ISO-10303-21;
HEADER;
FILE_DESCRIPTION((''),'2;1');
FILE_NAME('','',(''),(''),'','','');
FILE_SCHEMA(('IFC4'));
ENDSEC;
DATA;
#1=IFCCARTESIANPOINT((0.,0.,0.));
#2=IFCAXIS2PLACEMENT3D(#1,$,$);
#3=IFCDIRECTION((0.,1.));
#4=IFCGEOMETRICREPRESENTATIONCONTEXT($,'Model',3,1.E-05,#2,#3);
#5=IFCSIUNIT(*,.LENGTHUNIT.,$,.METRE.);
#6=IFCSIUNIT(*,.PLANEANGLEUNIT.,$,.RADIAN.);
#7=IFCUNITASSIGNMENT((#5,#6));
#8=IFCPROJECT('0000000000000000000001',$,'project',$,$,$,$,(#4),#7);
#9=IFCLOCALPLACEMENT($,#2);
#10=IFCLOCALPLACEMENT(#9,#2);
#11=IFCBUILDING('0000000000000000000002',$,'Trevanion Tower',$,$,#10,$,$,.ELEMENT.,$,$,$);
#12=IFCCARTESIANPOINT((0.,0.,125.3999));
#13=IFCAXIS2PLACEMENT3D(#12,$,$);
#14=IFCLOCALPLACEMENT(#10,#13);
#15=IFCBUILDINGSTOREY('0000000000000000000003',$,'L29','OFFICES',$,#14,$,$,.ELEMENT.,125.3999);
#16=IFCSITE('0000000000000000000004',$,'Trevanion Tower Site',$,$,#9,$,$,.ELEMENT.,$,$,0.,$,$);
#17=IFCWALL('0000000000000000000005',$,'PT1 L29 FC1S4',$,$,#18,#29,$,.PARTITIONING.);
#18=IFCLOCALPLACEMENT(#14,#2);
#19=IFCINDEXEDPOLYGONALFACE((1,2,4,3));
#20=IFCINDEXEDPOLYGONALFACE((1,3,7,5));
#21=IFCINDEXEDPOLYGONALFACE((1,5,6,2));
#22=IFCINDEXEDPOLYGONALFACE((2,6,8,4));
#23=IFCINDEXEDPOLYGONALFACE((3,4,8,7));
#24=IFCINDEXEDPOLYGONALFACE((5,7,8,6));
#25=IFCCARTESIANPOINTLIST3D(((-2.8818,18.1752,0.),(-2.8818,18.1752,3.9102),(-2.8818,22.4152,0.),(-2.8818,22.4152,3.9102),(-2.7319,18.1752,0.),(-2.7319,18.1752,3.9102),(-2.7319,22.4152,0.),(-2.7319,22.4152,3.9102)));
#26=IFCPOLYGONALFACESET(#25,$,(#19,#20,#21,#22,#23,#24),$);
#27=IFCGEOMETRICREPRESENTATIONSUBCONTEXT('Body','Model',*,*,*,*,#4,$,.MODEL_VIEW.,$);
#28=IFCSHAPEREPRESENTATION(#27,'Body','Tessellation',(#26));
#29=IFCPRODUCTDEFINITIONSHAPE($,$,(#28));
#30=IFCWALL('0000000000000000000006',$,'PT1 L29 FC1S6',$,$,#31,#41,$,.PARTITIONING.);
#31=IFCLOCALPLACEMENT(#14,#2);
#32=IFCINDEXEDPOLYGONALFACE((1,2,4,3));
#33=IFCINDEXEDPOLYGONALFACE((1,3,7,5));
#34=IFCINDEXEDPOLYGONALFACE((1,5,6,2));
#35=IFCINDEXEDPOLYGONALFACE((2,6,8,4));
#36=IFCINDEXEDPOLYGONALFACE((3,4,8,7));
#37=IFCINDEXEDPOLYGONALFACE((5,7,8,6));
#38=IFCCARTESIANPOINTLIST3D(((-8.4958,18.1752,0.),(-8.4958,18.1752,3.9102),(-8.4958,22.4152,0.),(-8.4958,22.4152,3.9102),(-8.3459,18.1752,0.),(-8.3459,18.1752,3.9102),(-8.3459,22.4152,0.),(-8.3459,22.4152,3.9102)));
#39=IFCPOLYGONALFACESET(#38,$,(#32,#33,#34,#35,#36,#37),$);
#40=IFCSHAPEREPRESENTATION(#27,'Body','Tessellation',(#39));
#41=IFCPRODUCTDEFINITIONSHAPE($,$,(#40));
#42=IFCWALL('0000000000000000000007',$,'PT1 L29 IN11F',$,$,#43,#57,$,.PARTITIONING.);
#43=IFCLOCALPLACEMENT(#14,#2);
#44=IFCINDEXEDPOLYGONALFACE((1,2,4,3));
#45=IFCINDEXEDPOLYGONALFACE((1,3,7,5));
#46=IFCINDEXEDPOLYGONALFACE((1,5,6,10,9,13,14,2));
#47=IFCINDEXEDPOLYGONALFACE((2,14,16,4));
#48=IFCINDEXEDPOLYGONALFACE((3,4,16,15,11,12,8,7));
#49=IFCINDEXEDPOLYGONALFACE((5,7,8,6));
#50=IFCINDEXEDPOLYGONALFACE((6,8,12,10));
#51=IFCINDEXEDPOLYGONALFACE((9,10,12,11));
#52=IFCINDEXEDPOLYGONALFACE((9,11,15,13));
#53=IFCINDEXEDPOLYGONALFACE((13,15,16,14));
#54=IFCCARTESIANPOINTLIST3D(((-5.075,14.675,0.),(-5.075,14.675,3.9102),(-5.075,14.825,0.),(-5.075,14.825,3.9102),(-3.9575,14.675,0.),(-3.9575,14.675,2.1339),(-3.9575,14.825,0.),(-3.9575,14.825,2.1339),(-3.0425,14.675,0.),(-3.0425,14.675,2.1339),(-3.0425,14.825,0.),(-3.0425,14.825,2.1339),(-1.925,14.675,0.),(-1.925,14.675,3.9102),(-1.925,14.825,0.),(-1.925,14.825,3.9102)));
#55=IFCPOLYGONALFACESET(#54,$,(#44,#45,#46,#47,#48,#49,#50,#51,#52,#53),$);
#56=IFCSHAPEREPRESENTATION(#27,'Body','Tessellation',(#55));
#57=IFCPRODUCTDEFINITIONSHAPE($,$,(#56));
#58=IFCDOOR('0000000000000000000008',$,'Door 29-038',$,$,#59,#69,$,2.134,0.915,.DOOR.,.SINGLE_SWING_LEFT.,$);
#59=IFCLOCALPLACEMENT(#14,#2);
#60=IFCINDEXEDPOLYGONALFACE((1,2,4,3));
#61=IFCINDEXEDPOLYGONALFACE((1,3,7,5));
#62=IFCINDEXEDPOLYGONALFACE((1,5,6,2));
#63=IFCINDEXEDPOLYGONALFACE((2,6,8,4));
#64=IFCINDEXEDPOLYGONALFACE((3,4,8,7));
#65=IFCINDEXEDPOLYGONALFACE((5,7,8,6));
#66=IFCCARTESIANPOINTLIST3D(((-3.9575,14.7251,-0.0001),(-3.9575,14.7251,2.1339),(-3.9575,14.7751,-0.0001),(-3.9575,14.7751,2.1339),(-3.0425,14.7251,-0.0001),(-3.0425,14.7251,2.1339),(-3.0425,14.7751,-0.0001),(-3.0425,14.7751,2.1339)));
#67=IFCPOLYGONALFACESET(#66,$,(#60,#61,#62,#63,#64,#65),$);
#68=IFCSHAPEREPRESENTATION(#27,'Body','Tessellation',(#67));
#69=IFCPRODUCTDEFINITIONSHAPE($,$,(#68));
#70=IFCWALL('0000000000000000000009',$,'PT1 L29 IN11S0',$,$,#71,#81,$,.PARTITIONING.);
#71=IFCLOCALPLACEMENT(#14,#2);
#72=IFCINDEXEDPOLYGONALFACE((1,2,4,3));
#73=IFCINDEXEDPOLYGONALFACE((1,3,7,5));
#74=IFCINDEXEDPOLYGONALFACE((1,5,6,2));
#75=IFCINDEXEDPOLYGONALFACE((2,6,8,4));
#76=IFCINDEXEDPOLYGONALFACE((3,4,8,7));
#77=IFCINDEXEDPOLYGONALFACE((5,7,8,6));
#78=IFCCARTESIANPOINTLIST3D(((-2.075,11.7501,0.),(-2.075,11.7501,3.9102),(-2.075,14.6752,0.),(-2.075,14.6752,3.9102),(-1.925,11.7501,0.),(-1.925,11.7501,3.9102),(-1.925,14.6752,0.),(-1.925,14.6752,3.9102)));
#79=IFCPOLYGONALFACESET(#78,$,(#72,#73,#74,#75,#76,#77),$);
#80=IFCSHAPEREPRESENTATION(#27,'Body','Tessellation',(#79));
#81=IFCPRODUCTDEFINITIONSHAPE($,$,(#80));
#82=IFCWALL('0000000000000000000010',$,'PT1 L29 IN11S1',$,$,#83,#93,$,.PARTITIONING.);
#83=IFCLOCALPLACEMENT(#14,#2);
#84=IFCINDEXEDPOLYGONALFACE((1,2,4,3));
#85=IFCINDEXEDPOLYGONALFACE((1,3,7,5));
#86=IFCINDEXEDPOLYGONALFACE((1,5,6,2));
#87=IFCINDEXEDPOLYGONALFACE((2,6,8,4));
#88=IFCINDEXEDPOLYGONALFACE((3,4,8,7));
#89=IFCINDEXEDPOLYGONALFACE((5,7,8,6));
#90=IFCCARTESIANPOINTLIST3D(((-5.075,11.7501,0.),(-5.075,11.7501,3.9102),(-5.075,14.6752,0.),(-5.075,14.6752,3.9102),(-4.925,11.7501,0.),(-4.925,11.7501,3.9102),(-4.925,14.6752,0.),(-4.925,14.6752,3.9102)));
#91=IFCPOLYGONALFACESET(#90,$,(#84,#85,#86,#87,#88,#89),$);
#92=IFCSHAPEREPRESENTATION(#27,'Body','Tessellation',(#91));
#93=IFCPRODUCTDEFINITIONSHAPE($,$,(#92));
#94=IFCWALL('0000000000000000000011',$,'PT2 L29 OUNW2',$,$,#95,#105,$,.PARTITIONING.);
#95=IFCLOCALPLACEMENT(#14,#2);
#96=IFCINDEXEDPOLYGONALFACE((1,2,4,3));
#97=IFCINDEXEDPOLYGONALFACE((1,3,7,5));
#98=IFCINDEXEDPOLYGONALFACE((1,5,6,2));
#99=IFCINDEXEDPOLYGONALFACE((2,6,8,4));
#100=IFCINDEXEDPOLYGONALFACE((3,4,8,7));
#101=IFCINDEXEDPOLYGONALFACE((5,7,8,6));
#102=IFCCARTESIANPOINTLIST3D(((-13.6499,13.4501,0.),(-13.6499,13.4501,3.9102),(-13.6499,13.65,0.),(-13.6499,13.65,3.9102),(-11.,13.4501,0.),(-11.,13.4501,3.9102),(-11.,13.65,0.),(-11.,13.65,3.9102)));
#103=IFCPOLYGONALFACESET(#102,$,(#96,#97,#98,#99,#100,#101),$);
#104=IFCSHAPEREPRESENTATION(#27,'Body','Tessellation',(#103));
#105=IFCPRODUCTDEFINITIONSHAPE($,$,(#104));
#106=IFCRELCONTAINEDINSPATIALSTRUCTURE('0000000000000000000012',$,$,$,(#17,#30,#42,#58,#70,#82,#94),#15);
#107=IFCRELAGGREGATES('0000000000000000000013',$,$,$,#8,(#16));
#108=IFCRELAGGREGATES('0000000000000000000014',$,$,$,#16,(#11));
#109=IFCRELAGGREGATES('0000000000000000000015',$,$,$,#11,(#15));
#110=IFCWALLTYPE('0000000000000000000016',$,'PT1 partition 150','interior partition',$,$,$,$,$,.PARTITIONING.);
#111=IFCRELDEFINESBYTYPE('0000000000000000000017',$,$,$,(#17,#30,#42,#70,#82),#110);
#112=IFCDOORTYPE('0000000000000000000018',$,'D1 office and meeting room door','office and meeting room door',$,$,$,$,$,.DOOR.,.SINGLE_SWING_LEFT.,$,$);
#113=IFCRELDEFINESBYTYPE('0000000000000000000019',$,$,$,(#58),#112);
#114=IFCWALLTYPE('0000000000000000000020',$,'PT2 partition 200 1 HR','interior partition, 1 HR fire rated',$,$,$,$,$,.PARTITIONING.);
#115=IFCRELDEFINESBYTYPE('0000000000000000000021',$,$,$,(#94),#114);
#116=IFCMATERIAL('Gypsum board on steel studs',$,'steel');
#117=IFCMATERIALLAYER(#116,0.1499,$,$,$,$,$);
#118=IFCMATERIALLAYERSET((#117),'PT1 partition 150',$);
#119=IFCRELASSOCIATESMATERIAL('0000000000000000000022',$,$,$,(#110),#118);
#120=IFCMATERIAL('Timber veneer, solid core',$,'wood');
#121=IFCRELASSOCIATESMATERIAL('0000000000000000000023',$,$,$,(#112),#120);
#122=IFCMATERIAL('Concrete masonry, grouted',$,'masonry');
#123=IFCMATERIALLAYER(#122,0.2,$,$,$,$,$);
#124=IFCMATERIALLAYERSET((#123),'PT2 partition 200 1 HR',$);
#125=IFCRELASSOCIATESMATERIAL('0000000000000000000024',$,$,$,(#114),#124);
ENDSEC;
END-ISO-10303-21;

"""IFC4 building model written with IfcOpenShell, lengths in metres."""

from ifc_helpers import new_model, si_unit, direction, frame, frame_2d, origin, place, context, subcontext, project, spatial, rectangle, extrude, material, layer, layer_set, type_object, element, fill, save


model = new_model("IFC4")

# Units and contexts
model_context = context("Model", 3, precision=1e-05, world=origin(), true_north=direction((0.0, 1.0)))
body_context = subcontext(model_context, "Body", "Model", "MODEL_VIEW")
ifc_project = project(units=[si_unit("LENGTHUNIT", "METRE"), si_unit("PLANEANGLEUNIT", "RADIAN")], contexts=[model_context])

# Site, building, storey
site_placement = place(None, origin())
site = spatial("IfcSite", under=ifc_project, at=site_placement, Name="Trevanion Tower Site", CompositionType="ELEMENT", RefElevation=0.0)
building_placement = place(site_placement, origin())
building = spatial("IfcBuilding", under=site, at=building_placement, Name="Trevanion Tower", CompositionType="ELEMENT")
storey_placement = place(building_placement, frame((0.0, 0.0, 125.3999)))
storey = spatial("IfcBuildingStorey", under=building, at=storey_placement, Name="L29", Description="OFFICES", CompositionType="ELEMENT", Elevation=125.3999)

# Walls
ifc_material_1 = material(Name="Gypsum board on steel studs", Category="steel")
ifc_layer_1 = layer(ifc_material_1, 0.1499)
ifc_layer_set_1 = layer_set([ifc_layer_1], Name="PT1 partition 150")
wall_type_1 = type_object("IfcWallType", Name="PT1 partition 150", Description="interior partition", PredefinedType="PARTITIONING", material=ifc_layer_set_1)
for number, where, z_axis, x_axis, name in (
    (1, (-2.8069, 18.175, 0.0), (0.0, 0.0, 1.0), (0.0, 1.0, 0.0), "PT1 L29 FC1S4"),
    (2, (-8.4209, 18.175, 0.0), (0.0, 0.0, 1.0), (0.0, 1.0, 0.0), "PT1 L29 FC1S6"),
):
    element("IfcWall", number, at=place(storey_placement, frame(where, z_axis=z_axis, x_axis=x_axis)), inside=storey, type_object=wall_type_1, Name=name, PredefinedType="PARTITIONING", context=body_context, shape_type="SweptSolid", body=[
        extrude(rectangle(XDim=4.24, YDim=0.1499, at=frame_2d((2.1201, 0.0))), origin(), (0.0, 0.0, 1.0), 3.9102),
    ])

# Wall, opening, door
wall_1_placement = place(storey_placement, frame((-1.925, 14.75, 0.0), z_axis=(0.0, 0.0, 1.0), x_axis=(-1.0, 0.0, 0.0)))
wall_1 = element("IfcWall", 3, at=wall_1_placement, inside=storey, type_object=wall_type_1, Name="PT1 L29 IN11F", PredefinedType="PARTITIONING", context=body_context, shape_type="SweptSolid", body=[
    extrude(rectangle(XDim=3.1499, YDim=0.1499, at=frame_2d((1.575, 0.0))), origin(), (0.0, 0.0, 1.0), 3.9102),
])
opening_placement = place(wall_1_placement, frame((1.1174, 0.0, 0.0)))
opening = element("IfcOpeningElement", 4, at=opening_placement, cuts=wall_1, PredefinedType="OPENING", context=body_context, shape_type="SweptSolid", body=[
    extrude(rectangle(XDim=0.915, YDim=2.134, at=frame_2d((0.4575, 1.0669))), frame((0.0, 0.085, 0.0), z_axis=(0.0, -1.0, 0.0), x_axis=(1.0, 0.0, 0.0)), (0.0, 0.0, 1.0), 0.1699),
])
ifc_material_2 = material(Name="Timber veneer, solid core", Category="wood")
door_type = type_object("IfcDoorType", Name="D1 office and meeting room door", Description="office and meeting room door", OperationType="SINGLE_SWING_LEFT", PredefinedType="DOOR", material=ifc_material_2)
door_placement = place(opening_placement, origin())
door = element("IfcDoor", 5, at=door_placement, inside=storey, type_object=door_type, Name="Door 29-038", OperationType="SINGLE_SWING_LEFT", OverallHeight=2.134, OverallWidth=0.915, PredefinedType="DOOR", context=body_context, shape_type="SweptSolid", body=[
    extrude(rectangle(XDim=0.915, YDim=2.134, at=frame_2d((0.4575, 1.0669))), frame((0.0, 0.0249, 0.0), z_axis=(0.0, -1.0, 0.0), x_axis=(1.0, 0.0, 0.0)), (0.0, 0.0, 1.0), 0.05),
])
fill(opening, door)

# Walls
for number, where, z_axis, x_axis, name in (
    (6, (-2.0, 14.675, 0.0), (0.0, 0.0, 1.0), (0.0, -1.0, 0.0), "PT1 L29 IN11S0"),
    (7, (-5.0, 14.675, 0.0), (0.0, 0.0, 1.0), (0.0, -1.0, 0.0), "PT1 L29 IN11S1"),
):
    element("IfcWall", number, at=place(storey_placement, frame(where, z_axis=z_axis, x_axis=x_axis)), inside=storey, type_object=wall_type_1, Name=name, PredefinedType="PARTITIONING", context=body_context, shape_type="SweptSolid", body=[
        extrude(rectangle(XDim=2.925, YDim=0.1499, at=frame_2d((1.4624, 0.0))), origin(), (0.0, 0.0, 1.0), 3.9102),
    ])
ifc_material_3 = material(Name="Concrete masonry, grouted", Category="masonry")
ifc_layer_2 = layer(ifc_material_3, 0.2)
ifc_layer_set_2 = layer_set([ifc_layer_2], Name="PT2 partition 200 1 HR")
wall_type_2 = type_object("IfcWallType", Name="PT2 partition 200 1 HR", Description="interior partition, 1 HR fire rated", PredefinedType="PARTITIONING", material=ifc_layer_set_2)
wall_2_placement = place(storey_placement, frame((-11.0, 13.55, 0.0), z_axis=(0.0, 0.0, 1.0), x_axis=(-1.0, 0.0, 0.0)))
element("IfcWall", 8, at=wall_2_placement, inside=storey, type_object=wall_type_2, Name="PT2 L29 OUNW2", PredefinedType="PARTITIONING", context=body_context, shape_type="SweptSolid", body=[
    extrude(rectangle(XDim=2.6499, YDim=0.2, at=frame_2d((1.325, 0.0))), origin(), (0.0, 0.0, 1.0), 3.9102),
])

save(model, "model.ifc")
